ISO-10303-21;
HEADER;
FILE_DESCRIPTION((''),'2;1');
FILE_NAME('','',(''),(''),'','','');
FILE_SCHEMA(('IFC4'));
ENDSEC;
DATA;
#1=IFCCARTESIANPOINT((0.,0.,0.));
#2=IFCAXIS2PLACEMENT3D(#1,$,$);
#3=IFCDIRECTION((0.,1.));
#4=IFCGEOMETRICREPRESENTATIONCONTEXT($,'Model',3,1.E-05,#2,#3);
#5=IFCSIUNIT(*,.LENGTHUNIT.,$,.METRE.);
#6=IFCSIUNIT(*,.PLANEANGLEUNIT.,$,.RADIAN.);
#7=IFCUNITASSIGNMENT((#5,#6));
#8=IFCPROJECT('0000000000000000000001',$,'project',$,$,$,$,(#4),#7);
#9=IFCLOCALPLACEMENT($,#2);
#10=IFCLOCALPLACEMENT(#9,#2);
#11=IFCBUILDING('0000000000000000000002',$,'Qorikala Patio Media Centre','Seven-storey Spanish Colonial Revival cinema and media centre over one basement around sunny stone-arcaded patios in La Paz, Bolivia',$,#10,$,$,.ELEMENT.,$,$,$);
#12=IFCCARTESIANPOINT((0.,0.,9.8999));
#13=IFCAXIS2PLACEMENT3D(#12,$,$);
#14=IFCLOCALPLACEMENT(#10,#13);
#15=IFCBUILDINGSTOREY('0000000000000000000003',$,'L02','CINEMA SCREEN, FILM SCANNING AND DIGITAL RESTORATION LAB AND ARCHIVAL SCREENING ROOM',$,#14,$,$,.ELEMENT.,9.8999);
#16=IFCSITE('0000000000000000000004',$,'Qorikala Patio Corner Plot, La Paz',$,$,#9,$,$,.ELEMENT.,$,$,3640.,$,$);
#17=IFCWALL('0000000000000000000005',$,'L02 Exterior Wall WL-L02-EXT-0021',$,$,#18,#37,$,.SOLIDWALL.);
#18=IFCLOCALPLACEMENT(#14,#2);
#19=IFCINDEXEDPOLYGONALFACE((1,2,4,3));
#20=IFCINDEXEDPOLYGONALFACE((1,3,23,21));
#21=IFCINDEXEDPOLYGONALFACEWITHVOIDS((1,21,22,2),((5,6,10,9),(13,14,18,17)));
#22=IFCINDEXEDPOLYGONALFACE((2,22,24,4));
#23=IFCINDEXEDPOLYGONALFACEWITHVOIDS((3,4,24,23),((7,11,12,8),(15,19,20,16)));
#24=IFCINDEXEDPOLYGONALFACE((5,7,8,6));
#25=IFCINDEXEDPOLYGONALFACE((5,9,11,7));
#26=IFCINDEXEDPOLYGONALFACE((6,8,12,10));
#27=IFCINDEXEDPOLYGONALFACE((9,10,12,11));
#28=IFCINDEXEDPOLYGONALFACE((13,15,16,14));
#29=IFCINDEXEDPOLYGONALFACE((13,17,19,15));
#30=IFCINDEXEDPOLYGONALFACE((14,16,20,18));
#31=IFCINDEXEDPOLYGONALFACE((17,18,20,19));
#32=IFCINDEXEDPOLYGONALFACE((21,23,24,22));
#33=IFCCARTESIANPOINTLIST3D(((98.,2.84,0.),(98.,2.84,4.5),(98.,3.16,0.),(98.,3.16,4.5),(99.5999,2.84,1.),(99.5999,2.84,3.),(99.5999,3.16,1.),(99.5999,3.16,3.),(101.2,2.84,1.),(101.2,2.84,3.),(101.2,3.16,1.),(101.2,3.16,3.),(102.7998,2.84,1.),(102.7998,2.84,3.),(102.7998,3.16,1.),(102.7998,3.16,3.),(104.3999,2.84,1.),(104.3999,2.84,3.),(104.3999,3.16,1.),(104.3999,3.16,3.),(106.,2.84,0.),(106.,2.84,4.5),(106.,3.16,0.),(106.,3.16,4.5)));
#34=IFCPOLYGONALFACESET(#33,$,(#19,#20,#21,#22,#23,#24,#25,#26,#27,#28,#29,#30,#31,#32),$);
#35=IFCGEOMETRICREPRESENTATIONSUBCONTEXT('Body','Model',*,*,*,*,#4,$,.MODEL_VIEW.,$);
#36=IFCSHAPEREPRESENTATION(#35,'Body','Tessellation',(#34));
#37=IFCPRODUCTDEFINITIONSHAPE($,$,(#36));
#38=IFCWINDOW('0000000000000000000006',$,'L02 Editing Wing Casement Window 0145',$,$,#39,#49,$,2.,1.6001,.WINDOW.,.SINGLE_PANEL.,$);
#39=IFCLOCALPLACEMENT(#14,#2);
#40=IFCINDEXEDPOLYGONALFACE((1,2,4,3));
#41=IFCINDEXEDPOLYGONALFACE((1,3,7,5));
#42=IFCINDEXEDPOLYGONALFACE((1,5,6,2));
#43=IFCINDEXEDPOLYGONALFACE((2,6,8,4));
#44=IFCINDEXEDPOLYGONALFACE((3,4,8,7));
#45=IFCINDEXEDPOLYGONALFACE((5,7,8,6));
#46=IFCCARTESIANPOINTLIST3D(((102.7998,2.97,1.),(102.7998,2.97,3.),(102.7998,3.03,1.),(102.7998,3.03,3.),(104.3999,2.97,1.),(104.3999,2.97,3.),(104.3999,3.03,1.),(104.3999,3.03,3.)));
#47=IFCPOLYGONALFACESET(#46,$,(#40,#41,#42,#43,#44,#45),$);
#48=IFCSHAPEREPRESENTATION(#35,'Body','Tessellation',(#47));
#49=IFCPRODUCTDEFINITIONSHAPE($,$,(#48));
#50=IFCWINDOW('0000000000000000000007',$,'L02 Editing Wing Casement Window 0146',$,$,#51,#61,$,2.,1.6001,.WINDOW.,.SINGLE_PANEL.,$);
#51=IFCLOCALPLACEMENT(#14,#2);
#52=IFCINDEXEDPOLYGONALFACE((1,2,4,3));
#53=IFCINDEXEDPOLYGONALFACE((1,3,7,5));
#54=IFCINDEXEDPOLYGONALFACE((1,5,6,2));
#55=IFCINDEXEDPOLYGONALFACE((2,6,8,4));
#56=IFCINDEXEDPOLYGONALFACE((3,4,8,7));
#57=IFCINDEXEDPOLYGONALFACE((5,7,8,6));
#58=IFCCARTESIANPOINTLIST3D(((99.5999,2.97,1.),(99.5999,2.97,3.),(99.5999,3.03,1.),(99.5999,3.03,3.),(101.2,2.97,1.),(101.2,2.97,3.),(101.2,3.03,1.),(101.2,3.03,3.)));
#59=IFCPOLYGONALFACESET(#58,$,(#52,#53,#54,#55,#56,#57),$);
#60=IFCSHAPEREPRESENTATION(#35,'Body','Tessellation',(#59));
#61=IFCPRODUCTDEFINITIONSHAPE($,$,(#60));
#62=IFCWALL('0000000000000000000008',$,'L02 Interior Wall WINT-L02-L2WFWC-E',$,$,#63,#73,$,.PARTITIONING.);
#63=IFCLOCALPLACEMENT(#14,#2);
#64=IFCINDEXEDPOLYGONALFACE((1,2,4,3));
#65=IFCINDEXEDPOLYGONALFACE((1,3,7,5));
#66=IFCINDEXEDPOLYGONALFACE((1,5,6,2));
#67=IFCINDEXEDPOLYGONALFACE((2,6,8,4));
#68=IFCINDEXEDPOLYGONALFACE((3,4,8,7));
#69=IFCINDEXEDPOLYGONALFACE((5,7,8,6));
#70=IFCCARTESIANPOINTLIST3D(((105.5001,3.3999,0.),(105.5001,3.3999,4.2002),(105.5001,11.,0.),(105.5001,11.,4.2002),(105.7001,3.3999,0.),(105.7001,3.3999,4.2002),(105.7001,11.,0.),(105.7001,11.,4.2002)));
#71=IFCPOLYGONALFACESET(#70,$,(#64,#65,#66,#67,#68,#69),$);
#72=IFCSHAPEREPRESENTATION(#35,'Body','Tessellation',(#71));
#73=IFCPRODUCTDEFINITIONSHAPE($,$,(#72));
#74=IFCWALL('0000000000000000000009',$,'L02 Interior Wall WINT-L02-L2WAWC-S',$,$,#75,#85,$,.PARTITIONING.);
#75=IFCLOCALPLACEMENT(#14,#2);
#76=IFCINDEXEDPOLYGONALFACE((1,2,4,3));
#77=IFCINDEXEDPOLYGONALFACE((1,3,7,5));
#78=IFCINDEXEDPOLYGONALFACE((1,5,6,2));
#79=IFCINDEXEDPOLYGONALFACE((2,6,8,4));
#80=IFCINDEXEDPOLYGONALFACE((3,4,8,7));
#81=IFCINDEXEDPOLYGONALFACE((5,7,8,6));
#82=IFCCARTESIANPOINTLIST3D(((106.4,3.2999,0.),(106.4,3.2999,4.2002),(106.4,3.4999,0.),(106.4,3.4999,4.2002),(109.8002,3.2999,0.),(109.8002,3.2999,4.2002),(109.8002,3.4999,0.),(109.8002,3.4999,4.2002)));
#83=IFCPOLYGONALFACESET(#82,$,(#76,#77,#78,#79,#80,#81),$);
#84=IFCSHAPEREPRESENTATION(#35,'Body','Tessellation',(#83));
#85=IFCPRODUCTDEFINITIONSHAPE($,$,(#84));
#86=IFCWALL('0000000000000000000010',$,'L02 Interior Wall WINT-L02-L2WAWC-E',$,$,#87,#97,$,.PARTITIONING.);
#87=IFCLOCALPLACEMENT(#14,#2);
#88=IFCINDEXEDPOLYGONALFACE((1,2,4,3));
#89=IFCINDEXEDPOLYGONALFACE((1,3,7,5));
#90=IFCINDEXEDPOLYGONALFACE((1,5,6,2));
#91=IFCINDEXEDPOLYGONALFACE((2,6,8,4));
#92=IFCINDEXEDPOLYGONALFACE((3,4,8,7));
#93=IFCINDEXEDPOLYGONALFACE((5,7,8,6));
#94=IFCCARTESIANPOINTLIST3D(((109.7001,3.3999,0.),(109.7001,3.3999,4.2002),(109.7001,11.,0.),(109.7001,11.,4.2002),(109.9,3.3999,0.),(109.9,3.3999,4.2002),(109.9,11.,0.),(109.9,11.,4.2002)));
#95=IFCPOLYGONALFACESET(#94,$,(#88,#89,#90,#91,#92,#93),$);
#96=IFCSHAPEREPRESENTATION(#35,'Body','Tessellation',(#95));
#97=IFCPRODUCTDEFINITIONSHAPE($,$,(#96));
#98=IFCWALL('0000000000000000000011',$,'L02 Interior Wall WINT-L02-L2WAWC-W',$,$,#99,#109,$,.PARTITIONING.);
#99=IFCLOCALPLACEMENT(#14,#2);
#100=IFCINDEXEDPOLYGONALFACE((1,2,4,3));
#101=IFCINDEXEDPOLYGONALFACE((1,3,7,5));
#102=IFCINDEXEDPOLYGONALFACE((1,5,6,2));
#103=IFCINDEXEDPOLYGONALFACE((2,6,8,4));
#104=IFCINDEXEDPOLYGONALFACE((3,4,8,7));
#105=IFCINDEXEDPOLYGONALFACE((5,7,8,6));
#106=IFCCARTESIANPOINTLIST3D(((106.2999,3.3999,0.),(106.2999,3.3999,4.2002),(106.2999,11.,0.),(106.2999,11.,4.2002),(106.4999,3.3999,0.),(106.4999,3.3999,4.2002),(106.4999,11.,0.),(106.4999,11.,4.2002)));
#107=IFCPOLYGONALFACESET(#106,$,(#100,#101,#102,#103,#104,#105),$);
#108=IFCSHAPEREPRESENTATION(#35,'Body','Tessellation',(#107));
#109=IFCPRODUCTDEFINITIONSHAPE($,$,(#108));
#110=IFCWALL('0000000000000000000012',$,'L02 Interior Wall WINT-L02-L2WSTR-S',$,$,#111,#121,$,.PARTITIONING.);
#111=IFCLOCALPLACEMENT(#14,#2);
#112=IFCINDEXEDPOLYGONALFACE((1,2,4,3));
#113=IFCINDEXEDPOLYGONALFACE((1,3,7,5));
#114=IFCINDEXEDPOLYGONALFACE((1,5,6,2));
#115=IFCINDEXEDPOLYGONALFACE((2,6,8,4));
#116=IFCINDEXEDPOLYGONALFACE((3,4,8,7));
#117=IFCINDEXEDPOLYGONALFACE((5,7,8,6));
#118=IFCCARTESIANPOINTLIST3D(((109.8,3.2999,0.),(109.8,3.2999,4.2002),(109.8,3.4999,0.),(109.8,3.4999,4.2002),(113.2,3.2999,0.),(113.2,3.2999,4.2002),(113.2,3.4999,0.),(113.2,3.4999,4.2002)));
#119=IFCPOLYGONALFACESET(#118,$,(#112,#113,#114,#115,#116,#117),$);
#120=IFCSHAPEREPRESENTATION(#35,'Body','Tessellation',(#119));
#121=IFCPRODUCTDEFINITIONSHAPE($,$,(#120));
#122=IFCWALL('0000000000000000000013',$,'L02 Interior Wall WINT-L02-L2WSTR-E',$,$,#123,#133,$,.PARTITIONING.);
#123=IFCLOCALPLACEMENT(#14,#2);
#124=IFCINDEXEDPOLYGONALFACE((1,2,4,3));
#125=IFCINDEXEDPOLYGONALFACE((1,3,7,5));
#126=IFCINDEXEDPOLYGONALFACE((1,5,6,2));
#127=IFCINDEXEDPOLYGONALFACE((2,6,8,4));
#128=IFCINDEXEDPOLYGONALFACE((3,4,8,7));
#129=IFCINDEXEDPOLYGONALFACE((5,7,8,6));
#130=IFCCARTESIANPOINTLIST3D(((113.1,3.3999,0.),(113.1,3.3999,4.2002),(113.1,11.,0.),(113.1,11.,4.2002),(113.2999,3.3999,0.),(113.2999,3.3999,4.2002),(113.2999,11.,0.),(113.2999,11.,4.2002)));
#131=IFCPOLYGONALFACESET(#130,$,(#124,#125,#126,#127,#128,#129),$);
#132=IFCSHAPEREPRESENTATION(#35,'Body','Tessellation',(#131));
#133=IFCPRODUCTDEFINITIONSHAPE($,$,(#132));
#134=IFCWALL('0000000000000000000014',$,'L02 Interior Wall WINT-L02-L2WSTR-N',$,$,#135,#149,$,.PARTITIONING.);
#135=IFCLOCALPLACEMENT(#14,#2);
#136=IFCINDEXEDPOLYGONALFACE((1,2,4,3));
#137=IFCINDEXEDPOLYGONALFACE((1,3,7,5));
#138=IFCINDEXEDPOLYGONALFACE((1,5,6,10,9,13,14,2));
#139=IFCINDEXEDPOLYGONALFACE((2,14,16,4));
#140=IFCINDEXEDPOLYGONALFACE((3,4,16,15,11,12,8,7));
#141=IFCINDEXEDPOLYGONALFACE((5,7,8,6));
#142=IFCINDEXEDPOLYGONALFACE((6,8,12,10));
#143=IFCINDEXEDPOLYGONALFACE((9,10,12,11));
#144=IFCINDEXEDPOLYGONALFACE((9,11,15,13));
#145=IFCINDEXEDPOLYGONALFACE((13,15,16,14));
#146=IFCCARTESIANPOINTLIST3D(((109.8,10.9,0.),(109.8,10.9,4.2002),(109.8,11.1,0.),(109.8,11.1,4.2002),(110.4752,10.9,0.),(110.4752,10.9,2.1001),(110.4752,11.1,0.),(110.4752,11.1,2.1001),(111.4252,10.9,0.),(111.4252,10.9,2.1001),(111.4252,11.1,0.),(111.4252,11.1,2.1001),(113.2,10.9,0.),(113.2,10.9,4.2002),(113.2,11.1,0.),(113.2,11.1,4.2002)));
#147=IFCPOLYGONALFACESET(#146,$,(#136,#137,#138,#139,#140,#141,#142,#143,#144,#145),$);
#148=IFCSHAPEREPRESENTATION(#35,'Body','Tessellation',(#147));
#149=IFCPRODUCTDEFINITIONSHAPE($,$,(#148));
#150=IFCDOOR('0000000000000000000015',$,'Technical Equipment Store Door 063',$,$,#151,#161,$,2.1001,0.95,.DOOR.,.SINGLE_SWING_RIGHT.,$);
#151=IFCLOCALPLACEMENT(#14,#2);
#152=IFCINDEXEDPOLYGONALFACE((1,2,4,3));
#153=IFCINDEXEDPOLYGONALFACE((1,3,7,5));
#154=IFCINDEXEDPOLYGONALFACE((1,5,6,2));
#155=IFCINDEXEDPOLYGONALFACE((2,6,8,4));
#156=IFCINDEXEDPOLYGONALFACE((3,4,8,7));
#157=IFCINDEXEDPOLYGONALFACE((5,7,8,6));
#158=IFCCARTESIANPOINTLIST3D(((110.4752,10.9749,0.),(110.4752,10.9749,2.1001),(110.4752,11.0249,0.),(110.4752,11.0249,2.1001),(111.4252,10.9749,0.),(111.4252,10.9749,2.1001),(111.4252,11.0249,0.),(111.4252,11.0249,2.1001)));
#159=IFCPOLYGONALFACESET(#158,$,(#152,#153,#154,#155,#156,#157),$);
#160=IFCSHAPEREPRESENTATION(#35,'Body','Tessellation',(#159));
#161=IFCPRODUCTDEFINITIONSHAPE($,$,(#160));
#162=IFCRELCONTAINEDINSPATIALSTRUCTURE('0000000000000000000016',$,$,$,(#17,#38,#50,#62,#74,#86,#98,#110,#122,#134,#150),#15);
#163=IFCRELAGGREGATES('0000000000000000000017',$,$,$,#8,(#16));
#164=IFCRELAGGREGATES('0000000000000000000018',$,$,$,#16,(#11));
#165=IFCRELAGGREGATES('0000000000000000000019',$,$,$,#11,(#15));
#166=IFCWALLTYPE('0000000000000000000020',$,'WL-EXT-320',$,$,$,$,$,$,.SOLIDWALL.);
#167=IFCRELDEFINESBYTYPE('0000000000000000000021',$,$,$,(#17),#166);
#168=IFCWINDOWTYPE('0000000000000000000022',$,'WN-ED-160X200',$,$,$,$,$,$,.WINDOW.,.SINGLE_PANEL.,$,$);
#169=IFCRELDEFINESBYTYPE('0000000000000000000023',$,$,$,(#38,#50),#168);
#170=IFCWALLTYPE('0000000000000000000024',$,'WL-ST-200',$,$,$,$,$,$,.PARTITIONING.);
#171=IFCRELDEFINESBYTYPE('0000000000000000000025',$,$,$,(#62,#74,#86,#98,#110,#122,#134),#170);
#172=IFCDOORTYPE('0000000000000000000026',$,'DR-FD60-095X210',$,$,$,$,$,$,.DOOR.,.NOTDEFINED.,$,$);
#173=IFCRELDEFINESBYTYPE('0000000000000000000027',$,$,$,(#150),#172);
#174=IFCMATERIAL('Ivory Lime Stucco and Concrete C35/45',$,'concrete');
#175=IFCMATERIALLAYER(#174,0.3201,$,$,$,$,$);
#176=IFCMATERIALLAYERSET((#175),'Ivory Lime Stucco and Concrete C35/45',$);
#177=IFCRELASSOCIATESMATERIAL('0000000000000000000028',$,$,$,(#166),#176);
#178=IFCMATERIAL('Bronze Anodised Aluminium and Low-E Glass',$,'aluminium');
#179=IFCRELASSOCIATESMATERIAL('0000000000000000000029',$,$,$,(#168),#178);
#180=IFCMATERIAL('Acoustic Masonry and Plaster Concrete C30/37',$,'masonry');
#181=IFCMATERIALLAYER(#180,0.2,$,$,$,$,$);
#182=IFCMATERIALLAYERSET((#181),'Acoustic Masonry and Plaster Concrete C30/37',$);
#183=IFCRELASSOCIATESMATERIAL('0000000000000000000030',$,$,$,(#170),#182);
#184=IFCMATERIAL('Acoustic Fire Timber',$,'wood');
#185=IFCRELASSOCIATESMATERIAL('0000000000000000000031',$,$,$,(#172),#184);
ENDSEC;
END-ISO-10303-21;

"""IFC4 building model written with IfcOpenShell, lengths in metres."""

from ifc_helpers import new_model, si_unit, direction, frame, frame_2d, origin, place, context, subcontext, project, spatial, rectangle, extrude, material, layer, layer_set, type_object, element, fill, save


model = new_model("IFC4")

# Units and contexts
model_context = context("Model", 3, precision=1e-05, world=origin(), true_north=direction((0.0, 1.0)))
body_context = subcontext(model_context, "Body", "Model", "MODEL_VIEW")
ifc_project = project(units=[si_unit("LENGTHUNIT", "METRE"), si_unit("PLANEANGLEUNIT", "RADIAN")], contexts=[model_context])

# Site, building, storey
site_placement = place(None, origin())
site = spatial("IfcSite", under=ifc_project, at=site_placement, Name="Qorikala Patio Corner Plot, La Paz", CompositionType="ELEMENT", RefElevation=3640.0)
building_placement = place(site_placement, origin())
building = spatial("IfcBuilding", under=site, at=building_placement, Name="Qorikala Patio Media Centre", Description="Seven-storey Spanish Colonial Revival cinema and media centre over one basement around sunny stone-arcaded patios in La Paz, Bolivia", CompositionType="ELEMENT")
storey_placement = place(building_placement, frame((0.0, 0.0, 9.8999)))
storey = spatial("IfcBuildingStorey", under=building, at=storey_placement, Name="L02", Description="CINEMA SCREEN, FILM SCANNING AND DIGITAL RESTORATION LAB AND ARCHIVAL SCREENING ROOM", CompositionType="ELEMENT", Elevation=9.8999)

# Wall, openings, windows
ifc_material_1 = material(Name="Ivory Lime Stucco and Concrete C35/45", Category="concrete")
ifc_layer_1 = layer(ifc_material_1, 0.3201)
ifc_layer_set_1 = layer_set([ifc_layer_1], Name="Ivory Lime Stucco and Concrete C35/45")
wall_type_1 = type_object("IfcWallType", Name="WL-EXT-320", PredefinedType="SOLIDWALL", material=ifc_layer_set_1)
wall_1_placement = place(storey_placement, frame((106.0, 3.0, 0.0), z_axis=(0.0, 0.0, 1.0), x_axis=(-1.0, 0.0, 0.0)))
wall_1 = element("IfcWall", 1, at=wall_1_placement, inside=storey, type_object=wall_type_1, Name="L02 Exterior Wall WL-L02-EXT-0021", PredefinedType="SOLIDWALL", context=body_context, shape_type="SweptSolid", body=[
    extrude(rectangle(XDim=8.0, YDim=0.3201, at=frame_2d((4.0, 0.0))), origin(), (0.0, 0.0, 1.0), 4.5),
])
opening_1_placement = place(wall_1_placement, frame((1.6001, 0.0, 1.0)))
opening_1 = element("IfcOpeningElement", 2, at=opening_1_placement, cuts=wall_1, PredefinedType="OPENING", context=body_context, shape_type="SweptSolid", body=[
    extrude(rectangle(XDim=1.6001, YDim=2.0, at=frame_2d((0.8, 1.0))), frame((0.0, 0.1699, 0.0), z_axis=(0.0, -1.0, 0.0), x_axis=(1.0, 0.0, 0.0)), (0.0, 0.0, 1.0), 0.3401),
])
opening_2_placement = place(wall_1_placement, frame((4.8, 0.0, 1.0)))
opening_2 = element("IfcOpeningElement", 3, at=opening_2_placement, cuts=wall_1, PredefinedType="OPENING", context=body_context, shape_type="SweptSolid", body=[
    extrude(rectangle(XDim=1.6001, YDim=2.0, at=frame_2d((0.8, 1.0))), frame((0.0, 0.1699, 0.0), z_axis=(0.0, -1.0, 0.0), x_axis=(1.0, 0.0, 0.0)), (0.0, 0.0, 1.0), 0.3401),
])
ifc_material_2 = material(Name="Bronze Anodised Aluminium and Low-E Glass", Category="aluminium")
window_type = type_object("IfcWindowType", Name="WN-ED-160X200", PartitioningType="SINGLE_PANEL", PredefinedType="WINDOW", material=ifc_material_2)
window_1_placement = place(opening_1_placement, origin())
window_1 = element("IfcWindow", 4, at=window_1_placement, inside=storey, type_object=window_type, Name="L02 Editing Wing Casement Window 0145", OverallHeight=2.0, OverallWidth=1.6001, PartitioningType="SINGLE_PANEL", PredefinedType="WINDOW", context=body_context, shape_type="SweptSolid", body=[
    extrude(rectangle(XDim=1.6001, YDim=2.0, at=frame_2d((0.8, 1.0))), frame((0.0, 0.03, 0.0), z_axis=(0.0, -1.0, 0.0), x_axis=(1.0, 0.0, 0.0)), (0.0, 0.0, 1.0), 0.0601),
])
fill(opening_1, window_1)
window_2_placement = place(opening_2_placement, origin())
window_2 = element("IfcWindow", 5, at=window_2_placement, inside=storey, type_object=window_type, Name="L02 Editing Wing Casement Window 0146", OverallHeight=2.0, OverallWidth=1.6001, PartitioningType="SINGLE_PANEL", PredefinedType="WINDOW", context=body_context, shape_type="SweptSolid", body=[
    extrude(rectangle(XDim=1.6001, YDim=2.0, at=frame_2d((0.8, 1.0))), frame((0.0, 0.03, 0.0), z_axis=(0.0, -1.0, 0.0), x_axis=(1.0, 0.0, 0.0)), (0.0, 0.0, 1.0), 0.0601),
])
fill(opening_2, window_2)

# Walls
ifc_material_3 = material(Name="Acoustic Masonry and Plaster Concrete C30/37", Category="masonry")
ifc_layer_2 = layer(ifc_material_3, 0.2)
ifc_layer_set_2 = layer_set([ifc_layer_2], Name="Acoustic Masonry and Plaster Concrete C30/37")
wall_type_2 = type_object("IfcWallType", Name="WL-ST-200", PredefinedType="PARTITIONING", material=ifc_layer_set_2)
wall_2_placement = place(storey_placement, frame((105.6001, 3.3999, 0.0), z_axis=(0.0, 0.0, 1.0), x_axis=(0.0, 1.0, 0.0)))
element("IfcWall", 6, at=wall_2_placement, inside=storey, type_object=wall_type_2, Name="L02 Interior Wall WINT-L02-L2WFWC-E", PredefinedType="PARTITIONING", context=body_context, shape_type="SweptSolid", body=[
    extrude(rectangle(XDim=7.6001, YDim=0.2, at=frame_2d((3.8, 0.0))), origin(), (0.0, 0.0, 1.0), 4.2002),
])
wall_3_placement = place(storey_placement, frame((106.3999, 3.3999, 0.0), z_axis=(0.0, 0.0, 1.0), x_axis=(1.0, 0.0, 0.0)))
element("IfcWall", 7, at=wall_3_placement, inside=storey, type_object=wall_type_2, Name="L02 Interior Wall WINT-L02-L2WAWC-S", PredefinedType="PARTITIONING", context=body_context, shape_type="SweptSolid", body=[
    extrude(rectangle(XDim=3.4001, YDim=0.2, at=frame_2d((1.7002, 0.0))), origin(), (0.0, 0.0, 1.0), 4.2002),
])
wall_4_placement = place(storey_placement, frame((109.8, 3.3999, 0.0), z_axis=(0.0, 0.0, 1.0), x_axis=(0.0, 1.0, 0.0)))
element("IfcWall", 8, at=wall_4_placement, inside=storey, type_object=wall_type_2, Name="L02 Interior Wall WINT-L02-L2WAWC-E", PredefinedType="PARTITIONING", context=body_context, shape_type="SweptSolid", body=[
    extrude(rectangle(XDim=7.6001, YDim=0.2, at=frame_2d((3.8, 0.0))), origin(), (0.0, 0.0, 1.0), 4.2002),
])

# Walls
wall_5_placement = place(storey_placement, frame((106.3999, 3.3999, 0.0), z_axis=(0.0, 0.0, 1.0), x_axis=(0.0, 1.0, 0.0)))
element("IfcWall", 9, at=wall_5_placement, inside=storey, type_object=wall_type_2, Name="L02 Interior Wall WINT-L02-L2WAWC-W", PredefinedType="PARTITIONING", context=body_context, shape_type="SweptSolid", body=[
    extrude(rectangle(XDim=7.6001, YDim=0.2, at=frame_2d((3.8, 0.0))), origin(), (0.0, 0.0, 1.0), 4.2002),
])
wall_6_placement = place(storey_placement, frame((109.8, 3.3999, 0.0), z_axis=(0.0, 0.0, 1.0), x_axis=(1.0, 0.0, 0.0)))
element("IfcWall", 10, at=wall_6_placement, inside=storey, type_object=wall_type_2, Name="L02 Interior Wall WINT-L02-L2WSTR-S", PredefinedType="PARTITIONING", context=body_context, shape_type="SweptSolid", body=[
    extrude(rectangle(XDim=3.3999, YDim=0.2, at=frame_2d((1.7, 0.0))), origin(), (0.0, 0.0, 1.0), 4.2002),
])
wall_7_placement = place(storey_placement, frame((113.2, 3.3999, 0.0), z_axis=(0.0, 0.0, 1.0), x_axis=(0.0, 1.0, 0.0)))
element("IfcWall", 11, at=wall_7_placement, inside=storey, type_object=wall_type_2, Name="L02 Interior Wall WINT-L02-L2WSTR-E", PredefinedType="PARTITIONING", context=body_context, shape_type="SweptSolid", body=[
    extrude(rectangle(XDim=7.6001, YDim=0.2, at=frame_2d((3.8, 0.0))), origin(), (0.0, 0.0, 1.0), 4.2002),
])

# Wall, opening, door
wall_8_placement = place(storey_placement, frame((109.8, 11.0, 0.0), z_axis=(0.0, 0.0, 1.0), x_axis=(1.0, 0.0, 0.0)))
wall_8 = element("IfcWall", 12, at=wall_8_placement, inside=storey, type_object=wall_type_2, Name="L02 Interior Wall WINT-L02-L2WSTR-N", PredefinedType="PARTITIONING", context=body_context, shape_type="SweptSolid", body=[
    extrude(rectangle(XDim=3.3999, YDim=0.2, at=frame_2d((1.7, 0.0))), origin(), (0.0, 0.0, 1.0), 4.2002),
])
opening_3_placement = place(wall_8_placement, frame((0.675, 0.0, 0.0)))
opening_3 = element("IfcOpeningElement", 13, at=opening_3_placement, cuts=wall_8, PredefinedType="OPENING", context=body_context, shape_type="SweptSolid", body=[
    extrude(rectangle(XDim=0.95, YDim=2.1001, at=frame_2d((0.4751, 1.05))), frame((0.0, 0.1099, 0.0), z_axis=(0.0, -1.0, 0.0), x_axis=(1.0, 0.0, 0.0)), (0.0, 0.0, 1.0), 0.22),
])
ifc_material_4 = material(Name="Acoustic Fire Timber", Category="wood")
door_type_1 = type_object("IfcDoorType", Name="DR-FD60-095X210", OperationType="NOTDEFINED", PredefinedType="DOOR", material=ifc_material_4)
door_1_placement = place(opening_3_placement, origin())
door_1 = element("IfcDoor", 14, at=door_1_placement, inside=storey, type_object=door_type_1, Name="Technical Equipment Store Door 063", OperationType="SINGLE_SWING_RIGHT", OverallHeight=2.1001, OverallWidth=0.95, PredefinedType="DOOR", context=body_context, shape_type="SweptSolid", body=[
    extrude(rectangle(XDim=0.95, YDim=2.1001, at=frame_2d((0.4751, 1.05))), frame((0.0, 0.0249, 0.0), z_axis=(0.0, -1.0, 0.0), x_axis=(1.0, 0.0, 0.0)), (0.0, 0.0, 1.0), 0.05),
])
fill(opening_3, door_1)

save(model, "model.ifc")
